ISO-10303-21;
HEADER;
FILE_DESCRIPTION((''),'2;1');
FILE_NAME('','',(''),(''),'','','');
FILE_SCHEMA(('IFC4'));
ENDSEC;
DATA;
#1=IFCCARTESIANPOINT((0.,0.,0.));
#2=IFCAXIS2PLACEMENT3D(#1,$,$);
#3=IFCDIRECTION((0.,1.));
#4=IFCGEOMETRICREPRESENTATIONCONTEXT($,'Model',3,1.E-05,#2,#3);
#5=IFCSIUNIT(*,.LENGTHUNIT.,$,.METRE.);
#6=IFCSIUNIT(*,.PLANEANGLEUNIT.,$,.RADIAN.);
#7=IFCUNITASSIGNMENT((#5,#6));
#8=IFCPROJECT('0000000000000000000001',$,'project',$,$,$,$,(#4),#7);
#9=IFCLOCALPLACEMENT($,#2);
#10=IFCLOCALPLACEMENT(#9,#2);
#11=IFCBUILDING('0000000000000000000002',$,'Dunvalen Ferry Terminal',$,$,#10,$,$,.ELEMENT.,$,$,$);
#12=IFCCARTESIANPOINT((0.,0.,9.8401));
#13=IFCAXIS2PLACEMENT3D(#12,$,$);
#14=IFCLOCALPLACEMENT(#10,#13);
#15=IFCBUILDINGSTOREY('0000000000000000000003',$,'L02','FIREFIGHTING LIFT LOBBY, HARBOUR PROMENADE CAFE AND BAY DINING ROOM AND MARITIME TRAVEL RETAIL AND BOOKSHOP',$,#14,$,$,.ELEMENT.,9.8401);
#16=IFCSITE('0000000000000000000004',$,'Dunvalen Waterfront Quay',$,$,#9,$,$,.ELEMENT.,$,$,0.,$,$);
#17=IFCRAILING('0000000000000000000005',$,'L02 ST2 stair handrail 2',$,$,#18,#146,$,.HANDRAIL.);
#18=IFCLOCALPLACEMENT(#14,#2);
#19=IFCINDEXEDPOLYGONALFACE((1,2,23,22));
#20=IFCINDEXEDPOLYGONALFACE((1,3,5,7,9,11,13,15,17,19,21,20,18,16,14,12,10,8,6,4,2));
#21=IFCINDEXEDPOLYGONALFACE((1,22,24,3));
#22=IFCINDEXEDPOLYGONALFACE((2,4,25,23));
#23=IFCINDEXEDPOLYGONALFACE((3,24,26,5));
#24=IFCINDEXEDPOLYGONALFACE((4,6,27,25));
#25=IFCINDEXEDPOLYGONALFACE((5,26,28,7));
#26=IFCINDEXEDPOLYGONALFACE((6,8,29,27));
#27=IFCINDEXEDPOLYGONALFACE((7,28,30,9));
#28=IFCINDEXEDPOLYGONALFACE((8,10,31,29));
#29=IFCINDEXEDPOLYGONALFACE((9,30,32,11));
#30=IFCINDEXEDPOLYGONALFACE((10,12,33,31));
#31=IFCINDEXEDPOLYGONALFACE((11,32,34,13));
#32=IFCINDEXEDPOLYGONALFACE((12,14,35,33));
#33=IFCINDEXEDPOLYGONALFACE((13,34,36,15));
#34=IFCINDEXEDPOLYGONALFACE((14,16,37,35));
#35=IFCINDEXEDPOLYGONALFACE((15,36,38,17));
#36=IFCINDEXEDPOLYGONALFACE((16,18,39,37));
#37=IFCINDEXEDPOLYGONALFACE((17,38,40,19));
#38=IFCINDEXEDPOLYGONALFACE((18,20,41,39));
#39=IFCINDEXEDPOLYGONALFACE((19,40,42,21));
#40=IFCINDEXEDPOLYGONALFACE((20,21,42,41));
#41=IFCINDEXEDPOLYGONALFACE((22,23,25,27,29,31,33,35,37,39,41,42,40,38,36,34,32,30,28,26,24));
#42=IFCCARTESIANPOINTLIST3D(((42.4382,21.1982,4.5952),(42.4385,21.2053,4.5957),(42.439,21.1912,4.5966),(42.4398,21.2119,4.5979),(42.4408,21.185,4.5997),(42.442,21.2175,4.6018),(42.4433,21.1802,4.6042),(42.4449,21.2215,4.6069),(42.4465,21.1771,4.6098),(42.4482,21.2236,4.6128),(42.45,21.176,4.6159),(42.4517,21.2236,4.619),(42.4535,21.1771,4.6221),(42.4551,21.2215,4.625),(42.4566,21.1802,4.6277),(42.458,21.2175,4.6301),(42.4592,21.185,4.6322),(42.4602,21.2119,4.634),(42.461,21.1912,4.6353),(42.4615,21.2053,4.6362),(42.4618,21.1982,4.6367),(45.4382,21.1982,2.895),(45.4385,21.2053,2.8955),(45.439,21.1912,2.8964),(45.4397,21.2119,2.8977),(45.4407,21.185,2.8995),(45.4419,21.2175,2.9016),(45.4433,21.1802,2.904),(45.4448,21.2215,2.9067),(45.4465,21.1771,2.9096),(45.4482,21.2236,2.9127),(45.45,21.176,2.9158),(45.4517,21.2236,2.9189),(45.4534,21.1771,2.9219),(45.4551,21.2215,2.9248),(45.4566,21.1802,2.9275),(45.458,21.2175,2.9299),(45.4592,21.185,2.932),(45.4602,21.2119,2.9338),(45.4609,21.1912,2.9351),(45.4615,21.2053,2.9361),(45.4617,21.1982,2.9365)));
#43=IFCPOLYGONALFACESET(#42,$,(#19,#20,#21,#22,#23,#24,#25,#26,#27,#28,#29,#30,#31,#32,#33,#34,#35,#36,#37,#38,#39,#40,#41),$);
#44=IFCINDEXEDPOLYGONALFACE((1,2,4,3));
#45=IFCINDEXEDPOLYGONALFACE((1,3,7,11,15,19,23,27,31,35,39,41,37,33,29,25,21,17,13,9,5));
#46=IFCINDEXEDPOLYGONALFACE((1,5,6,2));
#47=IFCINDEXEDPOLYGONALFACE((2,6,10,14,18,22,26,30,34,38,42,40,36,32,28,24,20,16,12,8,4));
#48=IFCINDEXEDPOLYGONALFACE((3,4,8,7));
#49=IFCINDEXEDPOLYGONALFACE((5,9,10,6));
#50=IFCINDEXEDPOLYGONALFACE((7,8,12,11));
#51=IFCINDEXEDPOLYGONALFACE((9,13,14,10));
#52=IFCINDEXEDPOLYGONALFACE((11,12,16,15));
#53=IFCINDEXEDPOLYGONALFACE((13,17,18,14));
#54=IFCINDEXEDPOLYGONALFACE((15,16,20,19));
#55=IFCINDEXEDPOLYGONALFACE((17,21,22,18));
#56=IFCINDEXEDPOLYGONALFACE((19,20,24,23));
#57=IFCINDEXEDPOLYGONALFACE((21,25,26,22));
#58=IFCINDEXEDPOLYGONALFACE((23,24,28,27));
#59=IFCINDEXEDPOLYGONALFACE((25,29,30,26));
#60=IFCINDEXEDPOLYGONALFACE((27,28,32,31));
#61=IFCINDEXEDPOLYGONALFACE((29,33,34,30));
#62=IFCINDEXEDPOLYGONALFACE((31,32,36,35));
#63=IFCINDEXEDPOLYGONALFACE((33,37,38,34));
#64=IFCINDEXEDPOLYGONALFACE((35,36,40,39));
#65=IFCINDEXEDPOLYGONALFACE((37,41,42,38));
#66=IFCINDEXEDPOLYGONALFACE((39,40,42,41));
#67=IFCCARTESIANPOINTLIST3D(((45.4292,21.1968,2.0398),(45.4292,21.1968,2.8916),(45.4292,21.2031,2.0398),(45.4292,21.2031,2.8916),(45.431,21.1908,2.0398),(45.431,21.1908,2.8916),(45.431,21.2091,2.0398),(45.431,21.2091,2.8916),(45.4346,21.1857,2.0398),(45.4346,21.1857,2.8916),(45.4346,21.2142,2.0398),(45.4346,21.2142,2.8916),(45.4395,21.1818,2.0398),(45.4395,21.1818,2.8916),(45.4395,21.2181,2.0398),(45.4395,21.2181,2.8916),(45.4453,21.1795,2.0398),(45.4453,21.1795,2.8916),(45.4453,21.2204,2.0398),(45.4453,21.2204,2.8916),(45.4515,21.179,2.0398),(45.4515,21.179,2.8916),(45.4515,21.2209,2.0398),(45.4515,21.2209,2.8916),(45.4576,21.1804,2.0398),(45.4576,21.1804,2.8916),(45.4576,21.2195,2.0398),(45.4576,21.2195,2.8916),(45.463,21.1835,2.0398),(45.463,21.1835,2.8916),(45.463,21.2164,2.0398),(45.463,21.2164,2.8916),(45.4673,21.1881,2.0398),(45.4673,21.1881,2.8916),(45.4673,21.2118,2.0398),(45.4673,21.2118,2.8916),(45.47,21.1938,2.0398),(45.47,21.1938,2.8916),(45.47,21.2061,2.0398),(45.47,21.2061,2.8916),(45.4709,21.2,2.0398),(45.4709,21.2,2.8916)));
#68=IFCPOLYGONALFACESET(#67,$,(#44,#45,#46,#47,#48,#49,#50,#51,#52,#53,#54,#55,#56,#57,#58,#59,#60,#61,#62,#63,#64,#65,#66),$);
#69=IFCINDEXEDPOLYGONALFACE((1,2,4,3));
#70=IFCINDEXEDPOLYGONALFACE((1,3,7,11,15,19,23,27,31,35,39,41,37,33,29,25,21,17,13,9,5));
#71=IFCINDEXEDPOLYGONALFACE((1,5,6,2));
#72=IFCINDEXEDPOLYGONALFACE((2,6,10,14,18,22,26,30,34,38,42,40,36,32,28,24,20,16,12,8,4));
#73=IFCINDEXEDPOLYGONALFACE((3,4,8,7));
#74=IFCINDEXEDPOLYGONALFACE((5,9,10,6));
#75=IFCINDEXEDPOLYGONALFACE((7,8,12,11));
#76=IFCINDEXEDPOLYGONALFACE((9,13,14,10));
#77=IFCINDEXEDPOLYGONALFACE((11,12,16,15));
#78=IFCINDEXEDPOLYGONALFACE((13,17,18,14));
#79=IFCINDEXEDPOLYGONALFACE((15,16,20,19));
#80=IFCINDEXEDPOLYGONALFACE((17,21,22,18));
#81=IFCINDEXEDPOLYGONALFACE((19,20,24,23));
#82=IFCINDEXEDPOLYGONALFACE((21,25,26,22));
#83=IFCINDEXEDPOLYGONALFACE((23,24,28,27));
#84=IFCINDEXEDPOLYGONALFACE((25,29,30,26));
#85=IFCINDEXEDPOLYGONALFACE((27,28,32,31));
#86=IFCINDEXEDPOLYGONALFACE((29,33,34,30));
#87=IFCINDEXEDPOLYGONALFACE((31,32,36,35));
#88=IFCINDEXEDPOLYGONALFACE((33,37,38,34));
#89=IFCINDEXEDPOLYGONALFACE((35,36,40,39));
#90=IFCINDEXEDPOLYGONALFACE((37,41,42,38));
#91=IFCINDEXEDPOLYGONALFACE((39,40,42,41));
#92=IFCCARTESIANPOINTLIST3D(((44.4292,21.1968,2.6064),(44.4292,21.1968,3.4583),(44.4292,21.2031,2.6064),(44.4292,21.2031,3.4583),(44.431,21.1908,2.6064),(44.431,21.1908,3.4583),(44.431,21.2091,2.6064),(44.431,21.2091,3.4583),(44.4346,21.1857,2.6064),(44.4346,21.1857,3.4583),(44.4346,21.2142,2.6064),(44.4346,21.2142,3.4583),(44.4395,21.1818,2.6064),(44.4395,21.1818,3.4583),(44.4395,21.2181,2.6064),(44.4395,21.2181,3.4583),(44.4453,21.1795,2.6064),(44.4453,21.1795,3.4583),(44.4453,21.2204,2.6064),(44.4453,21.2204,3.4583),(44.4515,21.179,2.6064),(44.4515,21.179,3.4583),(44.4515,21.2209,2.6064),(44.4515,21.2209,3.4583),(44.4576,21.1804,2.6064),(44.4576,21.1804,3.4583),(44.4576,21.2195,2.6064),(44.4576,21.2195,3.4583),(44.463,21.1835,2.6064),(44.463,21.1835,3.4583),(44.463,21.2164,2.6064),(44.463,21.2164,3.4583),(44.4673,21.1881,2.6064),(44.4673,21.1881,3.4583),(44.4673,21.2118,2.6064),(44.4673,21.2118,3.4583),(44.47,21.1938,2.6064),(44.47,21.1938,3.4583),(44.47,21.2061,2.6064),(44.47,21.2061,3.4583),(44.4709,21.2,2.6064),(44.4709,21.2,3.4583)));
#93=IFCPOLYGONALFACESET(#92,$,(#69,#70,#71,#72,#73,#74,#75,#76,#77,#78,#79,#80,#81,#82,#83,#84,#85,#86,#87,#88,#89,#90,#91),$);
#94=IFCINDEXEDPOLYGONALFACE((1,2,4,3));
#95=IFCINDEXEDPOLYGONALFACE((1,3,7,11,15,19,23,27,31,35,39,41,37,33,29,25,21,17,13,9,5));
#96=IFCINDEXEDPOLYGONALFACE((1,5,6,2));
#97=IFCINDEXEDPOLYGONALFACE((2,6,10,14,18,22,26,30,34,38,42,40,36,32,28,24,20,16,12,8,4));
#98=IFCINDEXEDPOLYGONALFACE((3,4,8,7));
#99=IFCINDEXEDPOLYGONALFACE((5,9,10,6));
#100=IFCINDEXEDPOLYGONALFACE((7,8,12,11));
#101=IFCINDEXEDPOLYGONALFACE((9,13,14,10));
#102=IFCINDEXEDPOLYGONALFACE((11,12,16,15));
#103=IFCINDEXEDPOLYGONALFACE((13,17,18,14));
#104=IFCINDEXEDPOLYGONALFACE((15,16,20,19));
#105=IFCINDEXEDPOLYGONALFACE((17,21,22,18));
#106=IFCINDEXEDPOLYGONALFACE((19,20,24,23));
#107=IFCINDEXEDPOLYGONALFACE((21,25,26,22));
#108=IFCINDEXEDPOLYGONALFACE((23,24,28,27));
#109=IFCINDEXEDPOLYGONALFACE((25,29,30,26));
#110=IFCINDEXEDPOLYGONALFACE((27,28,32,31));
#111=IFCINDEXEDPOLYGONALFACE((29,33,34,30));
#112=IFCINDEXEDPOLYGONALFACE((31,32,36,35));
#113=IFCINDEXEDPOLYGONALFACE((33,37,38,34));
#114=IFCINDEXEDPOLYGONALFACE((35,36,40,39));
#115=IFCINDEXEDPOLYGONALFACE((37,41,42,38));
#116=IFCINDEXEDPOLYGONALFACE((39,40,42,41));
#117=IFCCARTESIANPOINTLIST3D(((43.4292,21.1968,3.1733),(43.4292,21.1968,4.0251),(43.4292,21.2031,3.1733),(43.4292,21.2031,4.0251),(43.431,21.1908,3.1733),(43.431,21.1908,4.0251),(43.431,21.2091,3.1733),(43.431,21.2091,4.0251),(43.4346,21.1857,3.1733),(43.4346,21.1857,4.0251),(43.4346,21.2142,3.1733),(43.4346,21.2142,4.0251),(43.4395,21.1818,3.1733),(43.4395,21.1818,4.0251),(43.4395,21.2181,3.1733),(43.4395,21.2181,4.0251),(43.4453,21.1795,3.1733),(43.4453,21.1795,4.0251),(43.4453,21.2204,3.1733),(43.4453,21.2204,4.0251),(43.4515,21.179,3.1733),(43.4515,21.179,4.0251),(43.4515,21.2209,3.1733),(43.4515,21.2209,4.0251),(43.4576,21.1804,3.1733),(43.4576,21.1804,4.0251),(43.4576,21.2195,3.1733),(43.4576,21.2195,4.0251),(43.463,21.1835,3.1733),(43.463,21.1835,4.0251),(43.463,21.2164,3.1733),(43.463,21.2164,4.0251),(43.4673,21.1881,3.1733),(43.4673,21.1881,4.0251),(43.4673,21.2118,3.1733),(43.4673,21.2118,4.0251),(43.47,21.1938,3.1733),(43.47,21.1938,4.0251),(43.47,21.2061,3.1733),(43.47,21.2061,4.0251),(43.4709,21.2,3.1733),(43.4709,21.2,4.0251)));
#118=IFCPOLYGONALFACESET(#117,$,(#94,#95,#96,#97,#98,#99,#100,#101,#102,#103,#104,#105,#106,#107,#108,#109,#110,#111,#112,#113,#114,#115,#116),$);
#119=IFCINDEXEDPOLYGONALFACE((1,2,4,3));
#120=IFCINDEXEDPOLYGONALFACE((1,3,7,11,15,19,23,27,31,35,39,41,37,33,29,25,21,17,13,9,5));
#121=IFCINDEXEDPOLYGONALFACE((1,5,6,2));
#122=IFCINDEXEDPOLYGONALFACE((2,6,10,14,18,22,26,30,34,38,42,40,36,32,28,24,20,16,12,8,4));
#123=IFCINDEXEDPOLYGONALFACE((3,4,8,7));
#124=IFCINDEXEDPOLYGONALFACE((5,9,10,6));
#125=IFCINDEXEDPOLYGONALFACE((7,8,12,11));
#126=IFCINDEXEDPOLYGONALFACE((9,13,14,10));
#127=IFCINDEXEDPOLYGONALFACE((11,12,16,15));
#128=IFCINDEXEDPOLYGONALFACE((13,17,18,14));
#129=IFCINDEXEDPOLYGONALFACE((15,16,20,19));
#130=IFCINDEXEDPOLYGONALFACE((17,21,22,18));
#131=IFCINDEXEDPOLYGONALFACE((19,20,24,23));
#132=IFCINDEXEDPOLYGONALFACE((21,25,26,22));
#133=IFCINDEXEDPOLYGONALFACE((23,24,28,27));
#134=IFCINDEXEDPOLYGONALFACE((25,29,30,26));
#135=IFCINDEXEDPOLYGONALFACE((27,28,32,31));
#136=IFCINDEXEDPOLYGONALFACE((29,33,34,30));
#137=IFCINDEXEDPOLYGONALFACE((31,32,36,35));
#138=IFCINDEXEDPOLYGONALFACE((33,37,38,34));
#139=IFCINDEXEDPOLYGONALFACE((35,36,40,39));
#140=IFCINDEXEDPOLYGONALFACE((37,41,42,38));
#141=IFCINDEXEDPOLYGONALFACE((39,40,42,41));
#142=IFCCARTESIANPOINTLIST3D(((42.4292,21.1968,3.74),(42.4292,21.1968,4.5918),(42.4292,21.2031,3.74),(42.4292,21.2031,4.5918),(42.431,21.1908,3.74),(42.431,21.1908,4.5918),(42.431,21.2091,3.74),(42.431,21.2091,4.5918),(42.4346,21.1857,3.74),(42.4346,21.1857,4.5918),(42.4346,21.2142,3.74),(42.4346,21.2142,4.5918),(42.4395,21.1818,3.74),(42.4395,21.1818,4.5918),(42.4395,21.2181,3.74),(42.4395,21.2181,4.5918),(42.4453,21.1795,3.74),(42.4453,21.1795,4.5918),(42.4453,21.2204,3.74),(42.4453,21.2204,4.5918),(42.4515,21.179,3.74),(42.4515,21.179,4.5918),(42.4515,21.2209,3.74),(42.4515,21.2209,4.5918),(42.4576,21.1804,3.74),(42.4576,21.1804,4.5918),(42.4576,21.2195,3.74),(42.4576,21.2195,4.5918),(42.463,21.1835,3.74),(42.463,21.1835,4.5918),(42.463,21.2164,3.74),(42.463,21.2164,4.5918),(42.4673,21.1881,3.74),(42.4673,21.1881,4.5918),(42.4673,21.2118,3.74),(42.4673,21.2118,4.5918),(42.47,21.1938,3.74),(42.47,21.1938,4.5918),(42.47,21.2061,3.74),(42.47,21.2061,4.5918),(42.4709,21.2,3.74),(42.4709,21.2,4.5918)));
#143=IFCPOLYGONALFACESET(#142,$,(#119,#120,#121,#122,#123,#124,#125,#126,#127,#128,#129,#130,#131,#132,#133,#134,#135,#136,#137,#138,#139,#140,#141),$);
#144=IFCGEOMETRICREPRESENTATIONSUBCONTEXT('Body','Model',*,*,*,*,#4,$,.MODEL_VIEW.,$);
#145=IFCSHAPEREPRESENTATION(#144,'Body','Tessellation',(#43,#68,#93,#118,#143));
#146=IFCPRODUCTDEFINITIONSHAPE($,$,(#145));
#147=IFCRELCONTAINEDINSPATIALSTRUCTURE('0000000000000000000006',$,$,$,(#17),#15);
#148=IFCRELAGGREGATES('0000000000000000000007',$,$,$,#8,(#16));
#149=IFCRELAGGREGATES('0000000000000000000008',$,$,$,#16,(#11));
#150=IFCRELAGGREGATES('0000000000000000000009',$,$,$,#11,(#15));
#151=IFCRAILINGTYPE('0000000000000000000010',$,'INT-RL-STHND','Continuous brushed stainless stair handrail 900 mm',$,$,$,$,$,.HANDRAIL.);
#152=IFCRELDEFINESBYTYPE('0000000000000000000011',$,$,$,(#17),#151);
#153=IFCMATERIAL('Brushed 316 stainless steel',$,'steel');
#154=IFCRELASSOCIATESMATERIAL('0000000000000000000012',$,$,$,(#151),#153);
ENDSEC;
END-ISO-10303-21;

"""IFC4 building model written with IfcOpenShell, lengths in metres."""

from ifc_helpers import new_model, si_unit, direction, frame, origin, origin_2d, place, context, subcontext, project, spatial, circle, extrude, material, type_object, element, save


model = new_model("IFC4")

# Units and contexts
model_context = context("Model", 3, precision=1e-05, world=origin(), true_north=direction((0.0, 1.0)))
body_context = subcontext(model_context, "Body", "Model", "MODEL_VIEW")
ifc_project = project(units=[si_unit("LENGTHUNIT", "METRE"), si_unit("PLANEANGLEUNIT", "RADIAN")], contexts=[model_context])

# Site, building, storey
site_placement = place(None, origin())
site = spatial("IfcSite", under=ifc_project, at=site_placement, Name="Dunvalen Waterfront Quay", CompositionType="ELEMENT", RefElevation=0.0)
building_placement = place(site_placement, origin())
building = spatial("IfcBuilding", under=site, at=building_placement, Name="Dunvalen Ferry Terminal", CompositionType="ELEMENT")
storey_placement = place(building_placement, frame((0.0, 0.0, 9.8401)))
storey = spatial("IfcBuildingStorey", under=building, at=storey_placement, Name="L02", Description="FIREFIGHTING LIFT LOBBY, HARBOUR PROMENADE CAFE AND BAY DINING ROOM AND MARITIME TRAVEL RETAIL AND BOOKSHOP", CompositionType="ELEMENT", Elevation=9.8401)

# Railing
ifc_material_1 = material(Name="Brushed 316 stainless steel", Category="steel")
railing_type_1 = type_object("IfcRailingType", Name="INT-RL-STHND", Description="Continuous brushed stainless stair handrail 900 mm", PredefinedType="HANDRAIL", material=ifc_material_1)
railing_1_placement = place(storey_placement, frame((45.45, 21.2, 2.0398)))
element("IfcRailing", 1, at=railing_1_placement, inside=storey, type_object=railing_type_1, Name="L02 ST2 stair handrail 2", PredefinedType="HANDRAIL", context=body_context, shape_type="SweptSolid", body=[
    extrude(circle(Radius=0.0239, at=origin_2d()), frame((0.0, 0.0, 0.876), z_axis=(-0.869998, 0.0, 0.493055), x_axis=(0.0, -1.0, 0.0)), (0.0, 0.0, 1.0), 3.4482),
    extrude(circle(Radius=0.021, at=origin_2d()), origin(), (0.0, 0.0, 1.0), 0.8518),
    extrude(circle(Radius=0.021, at=origin_2d()), frame((-1.0, 0.0, 0.5667)), (0.0, 0.0, 1.0), 0.8518),
    extrude(circle(Radius=0.021, at=origin_2d()), frame((-2.0, 0.0, 1.1335)), (0.0, 0.0, 1.0), 0.8518),
    extrude(circle(Radius=0.021, at=origin_2d()), frame((-3.0, 0.0, 1.7002)), (0.0, 0.0, 1.0), 0.8518),
])

save(model, "model.ifc")
